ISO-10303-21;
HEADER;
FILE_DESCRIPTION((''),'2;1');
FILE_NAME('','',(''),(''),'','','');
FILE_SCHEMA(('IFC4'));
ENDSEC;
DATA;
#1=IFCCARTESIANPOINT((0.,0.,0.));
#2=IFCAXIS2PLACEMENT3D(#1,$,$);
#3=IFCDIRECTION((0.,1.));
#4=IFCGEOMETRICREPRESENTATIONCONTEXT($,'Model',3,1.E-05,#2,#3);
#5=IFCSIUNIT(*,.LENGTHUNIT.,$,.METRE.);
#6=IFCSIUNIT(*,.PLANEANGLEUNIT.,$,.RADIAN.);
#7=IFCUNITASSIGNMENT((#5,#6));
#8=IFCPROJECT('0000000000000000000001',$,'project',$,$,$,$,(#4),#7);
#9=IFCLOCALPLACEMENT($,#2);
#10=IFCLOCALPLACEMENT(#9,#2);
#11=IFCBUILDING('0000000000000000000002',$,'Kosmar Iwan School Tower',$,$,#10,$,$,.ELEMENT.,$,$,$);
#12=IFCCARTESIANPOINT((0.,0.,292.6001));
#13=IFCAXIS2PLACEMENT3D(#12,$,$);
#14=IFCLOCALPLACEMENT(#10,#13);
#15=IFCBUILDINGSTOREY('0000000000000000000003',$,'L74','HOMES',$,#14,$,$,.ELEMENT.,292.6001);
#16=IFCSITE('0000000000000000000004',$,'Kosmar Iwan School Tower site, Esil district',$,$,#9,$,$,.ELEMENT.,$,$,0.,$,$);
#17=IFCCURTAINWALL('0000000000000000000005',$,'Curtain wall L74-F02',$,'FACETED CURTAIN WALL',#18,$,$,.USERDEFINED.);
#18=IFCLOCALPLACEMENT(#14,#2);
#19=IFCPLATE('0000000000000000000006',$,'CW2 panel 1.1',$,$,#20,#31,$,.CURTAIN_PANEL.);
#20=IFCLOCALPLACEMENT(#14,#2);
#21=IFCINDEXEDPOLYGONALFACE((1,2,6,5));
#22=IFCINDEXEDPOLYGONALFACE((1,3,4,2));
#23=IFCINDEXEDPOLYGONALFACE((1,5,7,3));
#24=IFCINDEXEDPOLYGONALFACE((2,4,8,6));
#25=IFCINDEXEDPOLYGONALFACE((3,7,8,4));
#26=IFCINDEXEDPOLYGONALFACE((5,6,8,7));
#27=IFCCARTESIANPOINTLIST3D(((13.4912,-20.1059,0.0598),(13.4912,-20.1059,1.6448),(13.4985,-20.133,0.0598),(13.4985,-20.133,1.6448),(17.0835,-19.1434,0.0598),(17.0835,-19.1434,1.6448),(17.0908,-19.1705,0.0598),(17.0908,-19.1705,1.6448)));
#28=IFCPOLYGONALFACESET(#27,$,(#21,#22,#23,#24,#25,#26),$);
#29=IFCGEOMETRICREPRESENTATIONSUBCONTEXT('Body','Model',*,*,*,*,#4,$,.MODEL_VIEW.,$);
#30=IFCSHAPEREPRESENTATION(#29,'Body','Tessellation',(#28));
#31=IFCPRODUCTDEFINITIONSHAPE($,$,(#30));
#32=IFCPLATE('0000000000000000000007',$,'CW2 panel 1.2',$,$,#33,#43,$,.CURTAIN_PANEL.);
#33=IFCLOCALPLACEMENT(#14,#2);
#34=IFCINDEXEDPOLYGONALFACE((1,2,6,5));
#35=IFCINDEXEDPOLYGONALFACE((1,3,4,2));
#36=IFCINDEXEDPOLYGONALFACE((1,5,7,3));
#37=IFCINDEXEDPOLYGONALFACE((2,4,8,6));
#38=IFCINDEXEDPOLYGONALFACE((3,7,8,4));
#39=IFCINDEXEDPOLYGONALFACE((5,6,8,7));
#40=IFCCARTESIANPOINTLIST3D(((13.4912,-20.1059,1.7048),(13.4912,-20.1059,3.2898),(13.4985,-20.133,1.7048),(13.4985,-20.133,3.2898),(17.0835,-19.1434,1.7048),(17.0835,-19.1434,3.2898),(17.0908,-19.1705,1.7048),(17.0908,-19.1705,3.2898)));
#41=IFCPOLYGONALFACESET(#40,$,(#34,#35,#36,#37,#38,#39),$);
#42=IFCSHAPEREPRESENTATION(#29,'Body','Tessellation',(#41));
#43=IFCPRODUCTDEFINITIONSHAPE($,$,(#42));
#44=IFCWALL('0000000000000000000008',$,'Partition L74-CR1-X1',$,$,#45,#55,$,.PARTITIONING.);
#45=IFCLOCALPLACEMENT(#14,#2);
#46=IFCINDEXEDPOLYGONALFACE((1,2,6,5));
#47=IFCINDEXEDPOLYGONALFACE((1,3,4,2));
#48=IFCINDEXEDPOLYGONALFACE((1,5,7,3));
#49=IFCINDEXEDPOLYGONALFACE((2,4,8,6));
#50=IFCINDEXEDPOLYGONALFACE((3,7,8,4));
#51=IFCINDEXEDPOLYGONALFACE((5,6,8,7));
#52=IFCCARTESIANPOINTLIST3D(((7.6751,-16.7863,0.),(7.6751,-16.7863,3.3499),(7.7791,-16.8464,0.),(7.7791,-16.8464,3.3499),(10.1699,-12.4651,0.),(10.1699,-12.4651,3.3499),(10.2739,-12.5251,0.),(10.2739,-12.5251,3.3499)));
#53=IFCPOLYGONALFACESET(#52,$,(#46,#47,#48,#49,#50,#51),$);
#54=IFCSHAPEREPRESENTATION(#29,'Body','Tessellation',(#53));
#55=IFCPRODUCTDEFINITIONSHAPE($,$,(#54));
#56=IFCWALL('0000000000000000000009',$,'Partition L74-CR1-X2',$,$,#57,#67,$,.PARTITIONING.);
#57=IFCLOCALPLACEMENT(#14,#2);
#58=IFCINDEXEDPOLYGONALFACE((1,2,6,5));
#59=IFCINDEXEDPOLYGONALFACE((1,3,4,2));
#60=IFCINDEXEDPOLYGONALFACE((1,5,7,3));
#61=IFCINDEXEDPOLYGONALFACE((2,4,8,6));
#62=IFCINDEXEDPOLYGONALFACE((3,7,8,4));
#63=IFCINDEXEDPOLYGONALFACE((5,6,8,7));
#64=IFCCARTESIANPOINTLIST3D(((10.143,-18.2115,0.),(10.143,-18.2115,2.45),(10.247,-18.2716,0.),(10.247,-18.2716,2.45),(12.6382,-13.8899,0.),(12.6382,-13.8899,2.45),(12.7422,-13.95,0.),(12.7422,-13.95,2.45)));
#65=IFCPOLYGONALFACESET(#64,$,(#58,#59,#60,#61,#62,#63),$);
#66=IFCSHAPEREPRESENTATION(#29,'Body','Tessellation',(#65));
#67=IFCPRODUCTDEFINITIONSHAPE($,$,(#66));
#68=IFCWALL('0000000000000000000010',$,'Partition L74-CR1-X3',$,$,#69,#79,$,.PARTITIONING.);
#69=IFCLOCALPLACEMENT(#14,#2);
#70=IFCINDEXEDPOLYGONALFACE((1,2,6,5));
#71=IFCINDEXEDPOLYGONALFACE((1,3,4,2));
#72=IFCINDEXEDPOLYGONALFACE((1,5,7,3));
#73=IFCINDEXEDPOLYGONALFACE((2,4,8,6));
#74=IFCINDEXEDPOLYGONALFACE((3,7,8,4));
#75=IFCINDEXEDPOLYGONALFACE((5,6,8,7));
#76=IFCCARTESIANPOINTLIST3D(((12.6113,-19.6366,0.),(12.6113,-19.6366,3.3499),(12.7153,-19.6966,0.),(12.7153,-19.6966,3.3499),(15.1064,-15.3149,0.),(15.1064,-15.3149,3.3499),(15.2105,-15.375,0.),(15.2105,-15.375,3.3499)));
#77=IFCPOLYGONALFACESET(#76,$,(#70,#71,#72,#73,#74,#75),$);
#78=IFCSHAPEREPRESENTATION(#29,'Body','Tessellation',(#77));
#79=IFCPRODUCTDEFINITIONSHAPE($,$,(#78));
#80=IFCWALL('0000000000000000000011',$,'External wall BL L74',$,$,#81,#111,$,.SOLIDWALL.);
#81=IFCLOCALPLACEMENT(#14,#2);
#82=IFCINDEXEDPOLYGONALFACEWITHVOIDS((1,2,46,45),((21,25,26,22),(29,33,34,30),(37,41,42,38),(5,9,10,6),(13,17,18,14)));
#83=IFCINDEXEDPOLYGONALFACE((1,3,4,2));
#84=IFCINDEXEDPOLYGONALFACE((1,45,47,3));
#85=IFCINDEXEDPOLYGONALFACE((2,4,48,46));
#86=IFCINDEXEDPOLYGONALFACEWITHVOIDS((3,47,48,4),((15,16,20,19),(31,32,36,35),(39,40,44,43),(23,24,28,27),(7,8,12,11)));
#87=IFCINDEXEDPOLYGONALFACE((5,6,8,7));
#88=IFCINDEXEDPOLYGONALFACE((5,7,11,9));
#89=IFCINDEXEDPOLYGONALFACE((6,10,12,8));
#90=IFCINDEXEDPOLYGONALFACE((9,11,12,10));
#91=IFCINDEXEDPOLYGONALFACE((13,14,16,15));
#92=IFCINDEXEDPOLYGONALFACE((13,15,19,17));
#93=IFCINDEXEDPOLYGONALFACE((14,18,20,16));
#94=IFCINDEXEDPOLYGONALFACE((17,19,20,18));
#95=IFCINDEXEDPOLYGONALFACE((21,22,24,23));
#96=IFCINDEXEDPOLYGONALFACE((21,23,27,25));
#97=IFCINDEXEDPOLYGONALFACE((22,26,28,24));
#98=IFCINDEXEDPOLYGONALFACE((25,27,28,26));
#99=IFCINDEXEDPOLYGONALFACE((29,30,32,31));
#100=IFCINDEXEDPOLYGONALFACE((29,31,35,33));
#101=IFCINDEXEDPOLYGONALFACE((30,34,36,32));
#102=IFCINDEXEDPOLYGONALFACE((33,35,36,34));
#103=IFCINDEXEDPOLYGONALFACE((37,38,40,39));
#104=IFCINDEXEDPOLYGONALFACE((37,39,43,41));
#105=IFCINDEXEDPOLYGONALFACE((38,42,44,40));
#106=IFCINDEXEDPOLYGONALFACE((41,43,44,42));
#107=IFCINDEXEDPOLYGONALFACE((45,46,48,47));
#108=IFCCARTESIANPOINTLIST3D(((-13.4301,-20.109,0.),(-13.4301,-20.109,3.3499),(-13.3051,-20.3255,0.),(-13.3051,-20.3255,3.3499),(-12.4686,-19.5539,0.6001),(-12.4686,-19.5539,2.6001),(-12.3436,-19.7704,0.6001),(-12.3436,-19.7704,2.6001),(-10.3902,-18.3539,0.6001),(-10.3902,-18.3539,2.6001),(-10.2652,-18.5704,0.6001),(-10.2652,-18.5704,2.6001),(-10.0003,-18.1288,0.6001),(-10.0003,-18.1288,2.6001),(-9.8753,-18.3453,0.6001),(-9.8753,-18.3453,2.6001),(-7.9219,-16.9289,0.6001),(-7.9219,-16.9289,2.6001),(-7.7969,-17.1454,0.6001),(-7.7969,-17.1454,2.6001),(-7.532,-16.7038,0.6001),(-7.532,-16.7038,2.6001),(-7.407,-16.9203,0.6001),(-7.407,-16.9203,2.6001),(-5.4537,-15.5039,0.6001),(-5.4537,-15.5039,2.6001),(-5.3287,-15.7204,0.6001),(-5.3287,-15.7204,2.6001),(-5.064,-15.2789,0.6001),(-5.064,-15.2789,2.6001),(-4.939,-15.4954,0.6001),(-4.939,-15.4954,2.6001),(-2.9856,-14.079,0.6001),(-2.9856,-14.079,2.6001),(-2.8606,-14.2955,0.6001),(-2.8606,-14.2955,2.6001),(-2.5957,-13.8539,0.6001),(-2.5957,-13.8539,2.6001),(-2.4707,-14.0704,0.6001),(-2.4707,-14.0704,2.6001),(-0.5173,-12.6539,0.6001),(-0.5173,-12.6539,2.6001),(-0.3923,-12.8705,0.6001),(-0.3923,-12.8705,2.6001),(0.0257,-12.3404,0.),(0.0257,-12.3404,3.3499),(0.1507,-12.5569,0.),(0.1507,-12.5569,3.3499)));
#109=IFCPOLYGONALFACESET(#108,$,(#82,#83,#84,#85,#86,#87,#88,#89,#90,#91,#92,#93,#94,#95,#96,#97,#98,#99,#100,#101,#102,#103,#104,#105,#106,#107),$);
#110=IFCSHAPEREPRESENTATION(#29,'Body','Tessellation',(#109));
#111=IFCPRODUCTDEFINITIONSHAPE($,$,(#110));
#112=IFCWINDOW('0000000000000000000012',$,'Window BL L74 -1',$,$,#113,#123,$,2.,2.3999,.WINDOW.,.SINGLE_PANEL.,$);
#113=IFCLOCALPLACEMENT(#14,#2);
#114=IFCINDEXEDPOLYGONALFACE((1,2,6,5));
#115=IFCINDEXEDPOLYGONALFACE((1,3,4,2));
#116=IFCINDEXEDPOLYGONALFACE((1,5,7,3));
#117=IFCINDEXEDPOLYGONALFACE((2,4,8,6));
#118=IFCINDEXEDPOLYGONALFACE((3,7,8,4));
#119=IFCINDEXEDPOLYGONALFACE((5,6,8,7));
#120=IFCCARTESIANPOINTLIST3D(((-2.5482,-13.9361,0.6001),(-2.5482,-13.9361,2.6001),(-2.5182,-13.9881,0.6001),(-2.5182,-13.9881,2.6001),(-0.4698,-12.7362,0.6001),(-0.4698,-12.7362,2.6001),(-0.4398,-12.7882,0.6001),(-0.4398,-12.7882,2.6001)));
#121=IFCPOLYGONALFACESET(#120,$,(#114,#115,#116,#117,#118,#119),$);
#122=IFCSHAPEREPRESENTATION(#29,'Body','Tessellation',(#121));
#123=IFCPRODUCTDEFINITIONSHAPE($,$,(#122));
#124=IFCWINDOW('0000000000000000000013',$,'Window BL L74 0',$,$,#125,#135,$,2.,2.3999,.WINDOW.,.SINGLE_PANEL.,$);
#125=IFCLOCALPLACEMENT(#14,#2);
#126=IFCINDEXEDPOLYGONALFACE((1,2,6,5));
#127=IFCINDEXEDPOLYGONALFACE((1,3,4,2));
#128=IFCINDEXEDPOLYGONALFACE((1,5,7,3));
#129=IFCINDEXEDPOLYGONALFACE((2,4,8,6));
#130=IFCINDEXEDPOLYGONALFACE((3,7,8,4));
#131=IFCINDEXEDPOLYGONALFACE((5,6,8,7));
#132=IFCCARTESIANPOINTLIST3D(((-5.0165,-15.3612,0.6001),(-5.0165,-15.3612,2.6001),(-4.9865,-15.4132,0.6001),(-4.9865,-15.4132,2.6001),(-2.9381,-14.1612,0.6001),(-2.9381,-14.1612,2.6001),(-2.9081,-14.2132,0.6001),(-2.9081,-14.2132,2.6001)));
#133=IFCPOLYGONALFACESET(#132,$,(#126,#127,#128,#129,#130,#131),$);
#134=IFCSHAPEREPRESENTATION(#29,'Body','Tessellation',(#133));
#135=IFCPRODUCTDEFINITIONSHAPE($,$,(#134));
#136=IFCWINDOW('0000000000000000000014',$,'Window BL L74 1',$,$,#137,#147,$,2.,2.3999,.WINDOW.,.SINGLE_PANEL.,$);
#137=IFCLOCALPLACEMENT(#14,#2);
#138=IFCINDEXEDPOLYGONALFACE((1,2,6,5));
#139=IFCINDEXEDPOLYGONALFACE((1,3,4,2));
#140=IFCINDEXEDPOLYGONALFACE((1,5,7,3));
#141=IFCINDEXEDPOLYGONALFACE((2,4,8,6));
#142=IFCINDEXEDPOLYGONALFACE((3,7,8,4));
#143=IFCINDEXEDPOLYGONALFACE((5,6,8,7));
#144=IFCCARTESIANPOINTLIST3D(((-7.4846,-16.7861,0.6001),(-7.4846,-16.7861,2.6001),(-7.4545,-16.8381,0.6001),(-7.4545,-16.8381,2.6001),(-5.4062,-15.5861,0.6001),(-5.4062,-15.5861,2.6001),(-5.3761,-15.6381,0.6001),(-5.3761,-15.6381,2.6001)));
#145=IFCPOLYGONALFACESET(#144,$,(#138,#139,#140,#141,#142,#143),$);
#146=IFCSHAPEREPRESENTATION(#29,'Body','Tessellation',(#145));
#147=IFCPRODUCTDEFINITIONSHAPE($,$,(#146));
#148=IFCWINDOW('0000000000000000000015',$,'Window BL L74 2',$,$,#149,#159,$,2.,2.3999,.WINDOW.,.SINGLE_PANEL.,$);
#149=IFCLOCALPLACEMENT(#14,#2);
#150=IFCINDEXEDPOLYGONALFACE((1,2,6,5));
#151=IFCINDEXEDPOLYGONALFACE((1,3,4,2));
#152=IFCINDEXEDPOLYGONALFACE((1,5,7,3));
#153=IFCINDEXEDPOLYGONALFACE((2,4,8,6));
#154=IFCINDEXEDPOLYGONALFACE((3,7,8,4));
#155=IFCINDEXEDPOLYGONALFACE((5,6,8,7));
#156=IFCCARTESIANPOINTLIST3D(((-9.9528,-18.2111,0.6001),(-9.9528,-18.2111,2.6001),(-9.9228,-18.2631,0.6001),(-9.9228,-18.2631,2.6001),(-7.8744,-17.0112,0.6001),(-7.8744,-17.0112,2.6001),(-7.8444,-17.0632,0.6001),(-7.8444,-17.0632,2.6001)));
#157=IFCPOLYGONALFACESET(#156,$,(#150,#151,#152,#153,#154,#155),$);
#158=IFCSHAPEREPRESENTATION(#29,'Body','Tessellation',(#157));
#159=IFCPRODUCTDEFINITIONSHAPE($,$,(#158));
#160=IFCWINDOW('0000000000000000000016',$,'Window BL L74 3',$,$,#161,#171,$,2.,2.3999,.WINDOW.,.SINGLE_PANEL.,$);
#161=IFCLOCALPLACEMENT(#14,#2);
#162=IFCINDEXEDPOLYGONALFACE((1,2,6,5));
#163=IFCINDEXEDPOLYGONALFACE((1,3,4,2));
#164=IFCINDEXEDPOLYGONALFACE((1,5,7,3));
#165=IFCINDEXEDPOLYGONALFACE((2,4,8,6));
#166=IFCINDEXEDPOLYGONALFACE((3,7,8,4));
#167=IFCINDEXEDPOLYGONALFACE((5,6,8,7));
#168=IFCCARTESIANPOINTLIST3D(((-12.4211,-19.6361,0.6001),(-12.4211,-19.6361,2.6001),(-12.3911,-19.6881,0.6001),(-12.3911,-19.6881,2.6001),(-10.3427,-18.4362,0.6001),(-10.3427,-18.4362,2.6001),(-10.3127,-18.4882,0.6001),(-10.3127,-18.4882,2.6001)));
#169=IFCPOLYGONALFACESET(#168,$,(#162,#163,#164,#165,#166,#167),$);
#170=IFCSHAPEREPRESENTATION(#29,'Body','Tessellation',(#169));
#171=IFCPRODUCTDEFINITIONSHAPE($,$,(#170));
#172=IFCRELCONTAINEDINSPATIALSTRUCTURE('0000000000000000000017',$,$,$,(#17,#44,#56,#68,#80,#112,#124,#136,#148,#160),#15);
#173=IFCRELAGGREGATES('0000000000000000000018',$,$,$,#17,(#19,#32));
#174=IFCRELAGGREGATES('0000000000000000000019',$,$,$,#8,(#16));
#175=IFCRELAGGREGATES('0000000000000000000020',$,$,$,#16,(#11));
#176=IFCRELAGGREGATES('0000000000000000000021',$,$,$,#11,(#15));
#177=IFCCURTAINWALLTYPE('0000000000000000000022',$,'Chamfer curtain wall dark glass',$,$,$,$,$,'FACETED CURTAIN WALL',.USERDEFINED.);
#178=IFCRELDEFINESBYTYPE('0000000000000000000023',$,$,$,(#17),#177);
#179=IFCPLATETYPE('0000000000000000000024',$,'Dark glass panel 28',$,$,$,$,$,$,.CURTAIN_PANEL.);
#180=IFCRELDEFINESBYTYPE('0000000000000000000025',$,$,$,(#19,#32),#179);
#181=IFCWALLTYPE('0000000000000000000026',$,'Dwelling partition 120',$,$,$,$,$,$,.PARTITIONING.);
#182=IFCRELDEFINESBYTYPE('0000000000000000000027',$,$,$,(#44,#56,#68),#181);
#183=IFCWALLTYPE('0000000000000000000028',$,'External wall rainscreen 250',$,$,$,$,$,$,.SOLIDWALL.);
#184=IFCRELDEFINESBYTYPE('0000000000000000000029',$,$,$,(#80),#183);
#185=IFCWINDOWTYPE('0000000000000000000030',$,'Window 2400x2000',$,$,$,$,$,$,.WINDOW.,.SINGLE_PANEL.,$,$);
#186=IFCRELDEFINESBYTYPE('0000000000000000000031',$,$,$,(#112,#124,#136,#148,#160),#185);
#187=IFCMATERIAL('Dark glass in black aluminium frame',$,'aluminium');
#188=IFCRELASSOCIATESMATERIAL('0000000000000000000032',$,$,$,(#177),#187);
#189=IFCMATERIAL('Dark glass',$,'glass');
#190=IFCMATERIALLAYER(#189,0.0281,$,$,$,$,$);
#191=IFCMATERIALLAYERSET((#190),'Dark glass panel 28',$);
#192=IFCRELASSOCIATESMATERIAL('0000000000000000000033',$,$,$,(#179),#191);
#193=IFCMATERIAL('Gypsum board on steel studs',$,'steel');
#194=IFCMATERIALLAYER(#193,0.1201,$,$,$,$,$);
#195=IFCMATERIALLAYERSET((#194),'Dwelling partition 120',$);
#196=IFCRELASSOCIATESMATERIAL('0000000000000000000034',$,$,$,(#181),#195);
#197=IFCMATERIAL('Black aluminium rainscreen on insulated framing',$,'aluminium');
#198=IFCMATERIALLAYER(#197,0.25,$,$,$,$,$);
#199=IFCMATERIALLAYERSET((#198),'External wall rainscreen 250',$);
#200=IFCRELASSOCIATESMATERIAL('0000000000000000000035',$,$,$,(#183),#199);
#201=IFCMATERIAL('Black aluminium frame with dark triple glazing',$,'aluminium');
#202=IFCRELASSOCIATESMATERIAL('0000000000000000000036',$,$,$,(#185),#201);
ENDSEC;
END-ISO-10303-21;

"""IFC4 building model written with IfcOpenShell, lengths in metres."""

from ifc_helpers import new_model, si_unit, direction, frame, frame_2d, origin, origin_2d, place, context, subcontext, project, spatial, rectangle, extrude, material, layer, layer_set, type_object, element, fill, aggregate, save


model = new_model("IFC4")

# Units and contexts
model_context = context("Model", 3, precision=1e-05, world=origin(), true_north=direction((0.0, 1.0)))
body_context = subcontext(model_context, "Body", "Model", "MODEL_VIEW")
ifc_project = project(units=[si_unit("LENGTHUNIT", "METRE"), si_unit("PLANEANGLEUNIT", "RADIAN")], contexts=[model_context])

# Site, building, storey
site_placement = place(None, origin())
site = spatial("IfcSite", under=ifc_project, at=site_placement, Name="Kosmar Iwan School Tower site, Esil district", CompositionType="ELEMENT", RefElevation=0.0)
building_placement = place(site_placement, origin())
building = spatial("IfcBuilding", under=site, at=building_placement, Name="Kosmar Iwan School Tower", CompositionType="ELEMENT")
storey_placement = place(building_placement, frame((0.0, 0.0, 292.6001)))
storey = spatial("IfcBuildingStorey", under=building, at=storey_placement, Name="L74", Description="HOMES", CompositionType="ELEMENT", Elevation=292.6001)

# Curtain wall
ifc_material_1 = material(Name="Dark glass in black aluminium frame", Category="aluminium")
curtain_wall_type = type_object("IfcCurtainWallType", Name="Chamfer curtain wall dark glass", ElementType="FACETED CURTAIN WALL", PredefinedType="USERDEFINED", material=ifc_material_1)
curtain_wall_placement = place(storey_placement, origin())
curtain_wall = element("IfcCurtainWall", 1, at=curtain_wall_placement, inside=storey, type_object=curtain_wall_type, Name="Curtain wall L74-F02", ObjectType="FACETED CURTAIN WALL", PredefinedType="USERDEFINED")

# Plates
ifc_material_2 = material(Name="Dark glass", Category="glass")
ifc_layer_1 = layer(ifc_material_2, 0.0281)
ifc_layer_set_1 = layer_set([ifc_layer_1], Name="Dark glass panel 28")
plate_type = type_object("IfcPlateType", Name="Dark glass panel 28", PredefinedType="CURTAIN_PANEL", material=ifc_layer_set_1)
plate_1_placement = place(storey_placement, frame((15.291, -19.6382, 0.0598), z_axis=(0.0, 0.0, 1.0), x_axis=(0.965926, 0.258819, 0.0)))
plate_1 = element("IfcPlate", 2, at=plate_1_placement, type_object=plate_type, Name="CW2 panel 1.1", PredefinedType="CURTAIN_PANEL", context=body_context, shape_type="SweptSolid", body=[
    extrude(rectangle(XDim=3.719, YDim=0.0281, at=origin_2d()), origin(), (0.0, 0.0, 1.0), 1.585),
])
plate_2_placement = place(storey_placement, frame((15.291, -19.6382, 1.7048), z_axis=(0.0, 0.0, 1.0), x_axis=(0.965926, 0.258819, 0.0)))
plate_2 = element("IfcPlate", 3, at=plate_2_placement, type_object=plate_type, Name="CW2 panel 1.2", PredefinedType="CURTAIN_PANEL", context=body_context, shape_type="SweptSolid", body=[
    extrude(rectangle(XDim=3.719, YDim=0.0281, at=origin_2d()), origin(), (0.0, 0.0, 1.0), 1.585),
])
aggregate(curtain_wall, [plate_1, plate_2])

# Walls
ifc_material_3 = material(Name="Gypsum board on steel studs", Category="steel")
ifc_layer_2 = layer(ifc_material_3, 0.1201)
ifc_layer_set_2 = layer_set([ifc_layer_2], Name="Dwelling partition 120")
wall_type_1 = type_object("IfcWallType", Name="Dwelling partition 120", PredefinedType="PARTITIONING", material=ifc_layer_set_2)
wall_1_placement = place(storey_placement, frame((10.2219, -12.4951, 0.0), z_axis=(0.0, 0.0, 1.0), x_axis=(-0.499996, -0.866028, 0.0)))
element("IfcWall", 4, at=wall_1_placement, inside=storey, type_object=wall_type_1, Name="Partition L74-CR1-X1", PredefinedType="PARTITIONING", context=body_context, shape_type="SweptSolid", body=[
    extrude(rectangle(XDim=4.9897, YDim=0.1201, at=frame_2d((2.4949, 0.0))), origin(), (0.0, 0.0, 1.0), 3.3499),
])
wall_2_placement = place(storey_placement, frame((12.6902, -13.9199, 0.0), z_axis=(0.0, 0.0, 1.0), x_axis=(-0.500012, -0.866019, 0.0)))
element("IfcWall", 5, at=wall_2_placement, inside=storey, type_object=wall_type_1, Name="Partition L74-CR1-X2", PredefinedType="PARTITIONING", context=body_context, shape_type="SweptSolid", body=[
    extrude(rectangle(XDim=4.9902, YDim=0.1201, at=frame_2d((2.4951, 0.0))), origin(), (0.0, 0.0, 1.0), 2.45),
])
wall_3_placement = place(storey_placement, frame((15.1584, -15.345, 0.0), z_axis=(0.0, 0.0, 1.0), x_axis=(-0.500012, -0.866019, 0.0)))
element("IfcWall", 6, at=wall_3_placement, inside=storey, type_object=wall_type_1, Name="Partition L74-CR1-X3", PredefinedType="PARTITIONING", context=body_context, shape_type="SweptSolid", body=[
    extrude(rectangle(XDim=4.9902, YDim=0.1201, at=frame_2d((2.4951, 0.0))), origin(), (0.0, 0.0, 1.0), 3.3499),
])

# Wall, openings, windows
ifc_material_4 = material(Name="Black aluminium rainscreen on insulated framing", Category="aluminium")
ifc_layer_3 = layer(ifc_material_4, 0.25)
ifc_layer_set_3 = layer_set([ifc_layer_3], Name="External wall rainscreen 250")
wall_type_2 = type_object("IfcWallType", Name="External wall rainscreen 250", PredefinedType="SOLIDWALL", material=ifc_layer_set_3)
wall_4_placement = place(storey_placement, frame((0.0881, -12.4487, 0.0), z_axis=(0.0, 0.0, 1.0), x_axis=(-0.86603, -0.499992, 0.0)))
wall_4 = element("IfcWall", 7, at=wall_4_placement, inside=storey, type_object=wall_type_2, Name="External wall BL L74", PredefinedType="SOLIDWALL", context=body_context, shape_type="SweptSolid", body=[
    extrude(rectangle(XDim=15.5374, YDim=0.25, at=frame_2d((7.7686, 0.0))), origin(), (0.0, 0.0, 1.0), 3.3499),
])
opening_1_placement = place(wall_4_placement, frame((0.627, 0.0, 0.6001)))
opening_1 = element("IfcOpeningElement", 8, at=opening_1_placement, cuts=wall_4, PredefinedType="OPENING", context=body_context, shape_type="SweptSolid", body=[
    extrude(rectangle(XDim=2.3999, YDim=2.0, at=frame_2d((1.2, 1.0))), frame((0.0, 0.137, 0.0), z_axis=(0.0, -1.0, 0.0), x_axis=(1.0, 0.0, 0.0)), (0.0, 0.0, 1.0), 0.2739),
])
opening_2_placement = place(wall_4_placement, frame((3.4771, 0.0, 0.6001)))
opening_2 = element("IfcOpeningElement", 9, at=opening_2_placement, cuts=wall_4, PredefinedType="OPENING", context=body_context, shape_type="SweptSolid", body=[
    extrude(rectangle(XDim=2.3999, YDim=2.0, at=frame_2d((1.2, 1.0))), frame((0.0, 0.137, 0.0), z_axis=(0.0, -1.0, 0.0), x_axis=(1.0, 0.0, 0.0)), (0.0, 0.0, 1.0), 0.2739),
])
opening_3_placement = place(wall_4_placement, frame((6.3269, 0.0, 0.6001)))
opening_3 = element("IfcOpeningElement", 10, at=opening_3_placement, cuts=wall_4, PredefinedType="OPENING", context=body_context, shape_type="SweptSolid", body=[
    extrude(rectangle(XDim=2.3999, YDim=2.0, at=frame_2d((1.2, 1.0))), frame((0.0, 0.137, 0.0), z_axis=(0.0, -1.0, 0.0), x_axis=(1.0, 0.0, 0.0)), (0.0, 0.0, 1.0), 0.2739),
])
opening_4_placement = place(wall_4_placement, frame((9.177, 0.0, 0.6001)))
opening_4 = element("IfcOpeningElement", 11, at=opening_4_placement, cuts=wall_4, PredefinedType="OPENING", context=body_context, shape_type="SweptSolid", body=[
    extrude(rectangle(XDim=2.3999, YDim=2.0, at=frame_2d((1.2, 1.0))), frame((0.0, 0.137, 0.0), z_axis=(0.0, -1.0, 0.0), x_axis=(1.0, 0.0, 0.0)), (0.0, 0.0, 1.0), 0.2739),
])
opening_5_placement = place(wall_4_placement, frame((12.0271, 0.0, 0.6001)))
opening_5 = element("IfcOpeningElement", 12, at=opening_5_placement, cuts=wall_4, PredefinedType="OPENING", context=body_context, shape_type="SweptSolid", body=[
    extrude(rectangle(XDim=2.3999, YDim=2.0, at=frame_2d((1.2, 1.0))), frame((0.0, 0.137, 0.0), z_axis=(0.0, -1.0, 0.0), x_axis=(1.0, 0.0, 0.0)), (0.0, 0.0, 1.0), 0.2739),
])
ifc_material_5 = material(Name="Black aluminium frame with dark triple glazing", Category="aluminium")
window_type = type_object("IfcWindowType", Name="Window 2400x2000", PartitioningType="SINGLE_PANEL", PredefinedType="WINDOW", material=ifc_material_5)
window_1_placement = place(opening_1_placement, origin())
window_1 = element("IfcWindow", 13, at=window_1_placement, inside=storey, type_object=window_type, Name="Window BL L74 -1", OverallHeight=2.0, OverallWidth=2.3999, PartitioningType="SINGLE_PANEL", PredefinedType="WINDOW", context=body_context, shape_type="SweptSolid", body=[
    extrude(rectangle(XDim=2.3999, YDim=2.0, at=frame_2d((1.2, 1.0))), frame((0.0, 0.03, 0.0), z_axis=(0.0, -1.0, 0.0), x_axis=(1.0, 0.0, 0.0)), (0.0, 0.0, 1.0), 0.0601),
])
fill(opening_1, window_1)
window_2_placement = place(opening_2_placement, origin())
window_2 = element("IfcWindow", 14, at=window_2_placement, inside=storey, type_object=window_type, Name="Window BL L74 0", OverallHeight=2.0, OverallWidth=2.3999, PartitioningType="SINGLE_PANEL", PredefinedType="WINDOW", context=body_context, shape_type="SweptSolid", body=[
    extrude(rectangle(XDim=2.3999, YDim=2.0, at=frame_2d((1.2, 1.0))), frame((0.0, 0.03, 0.0), z_axis=(0.0, -1.0, 0.0), x_axis=(1.0, 0.0, 0.0)), (0.0, 0.0, 1.0), 0.0601),
])
fill(opening_2, window_2)
window_3_placement = place(opening_3_placement, origin())
window_3 = element("IfcWindow", 15, at=window_3_placement, inside=storey, type_object=window_type, Name="Window BL L74 1", OverallHeight=2.0, OverallWidth=2.3999, PartitioningType="SINGLE_PANEL", PredefinedType="WINDOW", context=body_context, shape_type="SweptSolid", body=[
    extrude(rectangle(XDim=2.3999, YDim=2.0, at=frame_2d((1.2, 1.0))), frame((0.0, 0.03, 0.0), z_axis=(0.0, -1.0, 0.0), x_axis=(1.0, 0.0, 0.0)), (0.0, 0.0, 1.0), 0.0601),
])
fill(opening_3, window_3)
window_4_placement = place(opening_4_placement, origin())
window_4 = element("IfcWindow", 16, at=window_4_placement, inside=storey, type_object=window_type, Name="Window BL L74 2", OverallHeight=2.0, OverallWidth=2.3999, PartitioningType="SINGLE_PANEL", PredefinedType="WINDOW", context=body_context, shape_type="SweptSolid", body=[
    extrude(rectangle(XDim=2.3999, YDim=2.0, at=frame_2d((1.2, 1.0))), frame((0.0, 0.03, 0.0), z_axis=(0.0, -1.0, 0.0), x_axis=(1.0, 0.0, 0.0)), (0.0, 0.0, 1.0), 0.0601),
])
fill(opening_4, window_4)
window_5_placement = place(opening_5_placement, origin())
window_5 = element("IfcWindow", 17, at=window_5_placement, inside=storey, type_object=window_type, Name="Window BL L74 3", OverallHeight=2.0, OverallWidth=2.3999, PartitioningType="SINGLE_PANEL", PredefinedType="WINDOW", context=body_context, shape_type="SweptSolid", body=[
    extrude(rectangle(XDim=2.3999, YDim=2.0, at=frame_2d((1.2, 1.0))), frame((0.0, 0.03, 0.0), z_axis=(0.0, -1.0, 0.0), x_axis=(1.0, 0.0, 0.0)), (0.0, 0.0, 1.0), 0.0601),
])
fill(opening_5, window_5)

save(model, "model.ifc")
